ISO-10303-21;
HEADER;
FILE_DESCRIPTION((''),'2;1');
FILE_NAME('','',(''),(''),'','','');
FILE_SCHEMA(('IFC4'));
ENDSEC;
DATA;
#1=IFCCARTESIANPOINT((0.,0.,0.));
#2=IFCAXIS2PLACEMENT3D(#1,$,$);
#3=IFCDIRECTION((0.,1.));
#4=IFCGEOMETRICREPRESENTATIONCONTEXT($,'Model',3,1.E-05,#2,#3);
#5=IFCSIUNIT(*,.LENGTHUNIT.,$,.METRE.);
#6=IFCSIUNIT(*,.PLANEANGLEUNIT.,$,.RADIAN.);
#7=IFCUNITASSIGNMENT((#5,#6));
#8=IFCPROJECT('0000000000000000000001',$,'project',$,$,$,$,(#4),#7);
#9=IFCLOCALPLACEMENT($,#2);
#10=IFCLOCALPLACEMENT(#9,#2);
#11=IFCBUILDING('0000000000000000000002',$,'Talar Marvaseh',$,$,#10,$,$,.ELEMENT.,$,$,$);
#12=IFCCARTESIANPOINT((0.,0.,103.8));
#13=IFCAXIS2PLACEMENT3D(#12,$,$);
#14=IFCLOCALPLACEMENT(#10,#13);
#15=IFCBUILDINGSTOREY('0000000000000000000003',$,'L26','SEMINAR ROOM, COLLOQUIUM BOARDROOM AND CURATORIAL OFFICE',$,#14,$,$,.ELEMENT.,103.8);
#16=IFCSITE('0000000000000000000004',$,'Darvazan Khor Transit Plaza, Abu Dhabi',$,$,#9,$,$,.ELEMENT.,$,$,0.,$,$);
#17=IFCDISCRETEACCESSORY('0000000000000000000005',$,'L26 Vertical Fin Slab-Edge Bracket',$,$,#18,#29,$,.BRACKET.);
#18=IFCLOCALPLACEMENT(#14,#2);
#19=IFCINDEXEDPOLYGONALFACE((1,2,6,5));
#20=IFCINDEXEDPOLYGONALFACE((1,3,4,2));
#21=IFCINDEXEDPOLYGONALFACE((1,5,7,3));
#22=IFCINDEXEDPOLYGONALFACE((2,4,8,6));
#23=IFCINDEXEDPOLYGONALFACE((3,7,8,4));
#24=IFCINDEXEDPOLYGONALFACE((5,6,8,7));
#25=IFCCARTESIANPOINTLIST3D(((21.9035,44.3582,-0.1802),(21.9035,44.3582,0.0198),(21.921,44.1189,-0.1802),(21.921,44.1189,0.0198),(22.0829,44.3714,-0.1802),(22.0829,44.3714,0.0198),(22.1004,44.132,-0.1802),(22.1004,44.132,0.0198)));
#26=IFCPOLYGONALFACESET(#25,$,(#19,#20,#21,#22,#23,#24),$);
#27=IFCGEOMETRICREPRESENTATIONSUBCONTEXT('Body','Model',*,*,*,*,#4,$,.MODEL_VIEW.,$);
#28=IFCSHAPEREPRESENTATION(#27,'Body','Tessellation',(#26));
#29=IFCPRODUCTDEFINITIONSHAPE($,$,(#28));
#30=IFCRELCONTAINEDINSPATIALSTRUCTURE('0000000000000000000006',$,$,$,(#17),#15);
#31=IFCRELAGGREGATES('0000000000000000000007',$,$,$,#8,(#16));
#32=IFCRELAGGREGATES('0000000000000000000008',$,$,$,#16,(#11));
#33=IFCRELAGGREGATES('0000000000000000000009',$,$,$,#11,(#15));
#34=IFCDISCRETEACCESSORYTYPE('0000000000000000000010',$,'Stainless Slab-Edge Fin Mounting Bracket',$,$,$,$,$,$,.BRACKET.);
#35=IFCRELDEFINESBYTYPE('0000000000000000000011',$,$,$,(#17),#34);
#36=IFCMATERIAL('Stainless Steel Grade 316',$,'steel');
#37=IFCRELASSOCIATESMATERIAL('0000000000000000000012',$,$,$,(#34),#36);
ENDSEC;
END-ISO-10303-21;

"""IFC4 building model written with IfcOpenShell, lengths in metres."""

from ifc_helpers import new_model, si_unit, direction, frame, origin, origin_2d, place, context, subcontext, project, spatial, rectangle, extrude, source, transform, mapped, material, type_object, type_shapes, element, save


model = new_model("IFC4")

# Units and contexts
model_context = context("Model", 3, precision=1e-05, world=origin(), true_north=direction((0.0, 1.0)))
body_context = subcontext(model_context, "Body", "Model", "MODEL_VIEW")
ifc_project = project(units=[si_unit("LENGTHUNIT", "METRE"), si_unit("PLANEANGLEUNIT", "RADIAN")], contexts=[model_context])

# Site, building, storey
site_placement = place(None, origin())
site = spatial("IfcSite", under=ifc_project, at=site_placement, Name="Darvazan Khor Transit Plaza, Abu Dhabi", CompositionType="ELEMENT", RefElevation=0.0)
building_placement = place(site_placement, origin())
building = spatial("IfcBuilding", under=site, at=building_placement, Name="Talar Marvaseh", CompositionType="ELEMENT")
storey_placement = place(building_placement, frame((0.0, 0.0, 103.8)))
storey = spatial("IfcBuildingStorey", under=building, at=storey_placement, Name="L26", Description="SEMINAR ROOM, COLLOQUIUM BOARDROOM AND CURATORIAL OFFICE", CompositionType="ELEMENT", Elevation=103.8)

# Shared definitions
ifc_material_1 = material(Name="Stainless Steel Grade 316", Category="steel")

# Discrete accessory
discrete_accessory_type = type_object("IfcDiscreteAccessoryType", Name="Stainless Slab-Edge Fin Mounting Bracket", PredefinedType="BRACKET", material=ifc_material_1)
shared_shape_1 = source(origin(), body_context, "Body", "SweptSolid", [
    extrude(rectangle(XDim=0.24, YDim=0.1799, at=origin_2d()), origin(), (0.0, 0.0, 1.0), 0.2),
])
type_shapes(discrete_accessory_type, [shared_shape_1])
for number, where, z_axis, x_axis, name in (
    (1, (22.002, 44.2451, -0.1802), (0.0, 0.0, 1.0), (-0.07289, 0.99734, 0.0), "L26 Vertical Fin Slab-Edge Bracket"),
):
    element("IfcDiscreteAccessory", number, at=place(storey_placement, frame(where, z_axis=z_axis, x_axis=x_axis)), inside=storey, type_object=discrete_accessory_type, Name=name, PredefinedType="BRACKET", context=body_context, shape_type="MappedRepresentation", body=[
        mapped(shared_shape_1, transform((0.0, 0.0, 0.0), x_axis=(1.0, 0.0, 0.0), y_axis=(0.0, 1.0, 0.0), z_axis=(0.0, 0.0, 1.0), scale=1.0)),
    ])

save(model, "model.ifc")
